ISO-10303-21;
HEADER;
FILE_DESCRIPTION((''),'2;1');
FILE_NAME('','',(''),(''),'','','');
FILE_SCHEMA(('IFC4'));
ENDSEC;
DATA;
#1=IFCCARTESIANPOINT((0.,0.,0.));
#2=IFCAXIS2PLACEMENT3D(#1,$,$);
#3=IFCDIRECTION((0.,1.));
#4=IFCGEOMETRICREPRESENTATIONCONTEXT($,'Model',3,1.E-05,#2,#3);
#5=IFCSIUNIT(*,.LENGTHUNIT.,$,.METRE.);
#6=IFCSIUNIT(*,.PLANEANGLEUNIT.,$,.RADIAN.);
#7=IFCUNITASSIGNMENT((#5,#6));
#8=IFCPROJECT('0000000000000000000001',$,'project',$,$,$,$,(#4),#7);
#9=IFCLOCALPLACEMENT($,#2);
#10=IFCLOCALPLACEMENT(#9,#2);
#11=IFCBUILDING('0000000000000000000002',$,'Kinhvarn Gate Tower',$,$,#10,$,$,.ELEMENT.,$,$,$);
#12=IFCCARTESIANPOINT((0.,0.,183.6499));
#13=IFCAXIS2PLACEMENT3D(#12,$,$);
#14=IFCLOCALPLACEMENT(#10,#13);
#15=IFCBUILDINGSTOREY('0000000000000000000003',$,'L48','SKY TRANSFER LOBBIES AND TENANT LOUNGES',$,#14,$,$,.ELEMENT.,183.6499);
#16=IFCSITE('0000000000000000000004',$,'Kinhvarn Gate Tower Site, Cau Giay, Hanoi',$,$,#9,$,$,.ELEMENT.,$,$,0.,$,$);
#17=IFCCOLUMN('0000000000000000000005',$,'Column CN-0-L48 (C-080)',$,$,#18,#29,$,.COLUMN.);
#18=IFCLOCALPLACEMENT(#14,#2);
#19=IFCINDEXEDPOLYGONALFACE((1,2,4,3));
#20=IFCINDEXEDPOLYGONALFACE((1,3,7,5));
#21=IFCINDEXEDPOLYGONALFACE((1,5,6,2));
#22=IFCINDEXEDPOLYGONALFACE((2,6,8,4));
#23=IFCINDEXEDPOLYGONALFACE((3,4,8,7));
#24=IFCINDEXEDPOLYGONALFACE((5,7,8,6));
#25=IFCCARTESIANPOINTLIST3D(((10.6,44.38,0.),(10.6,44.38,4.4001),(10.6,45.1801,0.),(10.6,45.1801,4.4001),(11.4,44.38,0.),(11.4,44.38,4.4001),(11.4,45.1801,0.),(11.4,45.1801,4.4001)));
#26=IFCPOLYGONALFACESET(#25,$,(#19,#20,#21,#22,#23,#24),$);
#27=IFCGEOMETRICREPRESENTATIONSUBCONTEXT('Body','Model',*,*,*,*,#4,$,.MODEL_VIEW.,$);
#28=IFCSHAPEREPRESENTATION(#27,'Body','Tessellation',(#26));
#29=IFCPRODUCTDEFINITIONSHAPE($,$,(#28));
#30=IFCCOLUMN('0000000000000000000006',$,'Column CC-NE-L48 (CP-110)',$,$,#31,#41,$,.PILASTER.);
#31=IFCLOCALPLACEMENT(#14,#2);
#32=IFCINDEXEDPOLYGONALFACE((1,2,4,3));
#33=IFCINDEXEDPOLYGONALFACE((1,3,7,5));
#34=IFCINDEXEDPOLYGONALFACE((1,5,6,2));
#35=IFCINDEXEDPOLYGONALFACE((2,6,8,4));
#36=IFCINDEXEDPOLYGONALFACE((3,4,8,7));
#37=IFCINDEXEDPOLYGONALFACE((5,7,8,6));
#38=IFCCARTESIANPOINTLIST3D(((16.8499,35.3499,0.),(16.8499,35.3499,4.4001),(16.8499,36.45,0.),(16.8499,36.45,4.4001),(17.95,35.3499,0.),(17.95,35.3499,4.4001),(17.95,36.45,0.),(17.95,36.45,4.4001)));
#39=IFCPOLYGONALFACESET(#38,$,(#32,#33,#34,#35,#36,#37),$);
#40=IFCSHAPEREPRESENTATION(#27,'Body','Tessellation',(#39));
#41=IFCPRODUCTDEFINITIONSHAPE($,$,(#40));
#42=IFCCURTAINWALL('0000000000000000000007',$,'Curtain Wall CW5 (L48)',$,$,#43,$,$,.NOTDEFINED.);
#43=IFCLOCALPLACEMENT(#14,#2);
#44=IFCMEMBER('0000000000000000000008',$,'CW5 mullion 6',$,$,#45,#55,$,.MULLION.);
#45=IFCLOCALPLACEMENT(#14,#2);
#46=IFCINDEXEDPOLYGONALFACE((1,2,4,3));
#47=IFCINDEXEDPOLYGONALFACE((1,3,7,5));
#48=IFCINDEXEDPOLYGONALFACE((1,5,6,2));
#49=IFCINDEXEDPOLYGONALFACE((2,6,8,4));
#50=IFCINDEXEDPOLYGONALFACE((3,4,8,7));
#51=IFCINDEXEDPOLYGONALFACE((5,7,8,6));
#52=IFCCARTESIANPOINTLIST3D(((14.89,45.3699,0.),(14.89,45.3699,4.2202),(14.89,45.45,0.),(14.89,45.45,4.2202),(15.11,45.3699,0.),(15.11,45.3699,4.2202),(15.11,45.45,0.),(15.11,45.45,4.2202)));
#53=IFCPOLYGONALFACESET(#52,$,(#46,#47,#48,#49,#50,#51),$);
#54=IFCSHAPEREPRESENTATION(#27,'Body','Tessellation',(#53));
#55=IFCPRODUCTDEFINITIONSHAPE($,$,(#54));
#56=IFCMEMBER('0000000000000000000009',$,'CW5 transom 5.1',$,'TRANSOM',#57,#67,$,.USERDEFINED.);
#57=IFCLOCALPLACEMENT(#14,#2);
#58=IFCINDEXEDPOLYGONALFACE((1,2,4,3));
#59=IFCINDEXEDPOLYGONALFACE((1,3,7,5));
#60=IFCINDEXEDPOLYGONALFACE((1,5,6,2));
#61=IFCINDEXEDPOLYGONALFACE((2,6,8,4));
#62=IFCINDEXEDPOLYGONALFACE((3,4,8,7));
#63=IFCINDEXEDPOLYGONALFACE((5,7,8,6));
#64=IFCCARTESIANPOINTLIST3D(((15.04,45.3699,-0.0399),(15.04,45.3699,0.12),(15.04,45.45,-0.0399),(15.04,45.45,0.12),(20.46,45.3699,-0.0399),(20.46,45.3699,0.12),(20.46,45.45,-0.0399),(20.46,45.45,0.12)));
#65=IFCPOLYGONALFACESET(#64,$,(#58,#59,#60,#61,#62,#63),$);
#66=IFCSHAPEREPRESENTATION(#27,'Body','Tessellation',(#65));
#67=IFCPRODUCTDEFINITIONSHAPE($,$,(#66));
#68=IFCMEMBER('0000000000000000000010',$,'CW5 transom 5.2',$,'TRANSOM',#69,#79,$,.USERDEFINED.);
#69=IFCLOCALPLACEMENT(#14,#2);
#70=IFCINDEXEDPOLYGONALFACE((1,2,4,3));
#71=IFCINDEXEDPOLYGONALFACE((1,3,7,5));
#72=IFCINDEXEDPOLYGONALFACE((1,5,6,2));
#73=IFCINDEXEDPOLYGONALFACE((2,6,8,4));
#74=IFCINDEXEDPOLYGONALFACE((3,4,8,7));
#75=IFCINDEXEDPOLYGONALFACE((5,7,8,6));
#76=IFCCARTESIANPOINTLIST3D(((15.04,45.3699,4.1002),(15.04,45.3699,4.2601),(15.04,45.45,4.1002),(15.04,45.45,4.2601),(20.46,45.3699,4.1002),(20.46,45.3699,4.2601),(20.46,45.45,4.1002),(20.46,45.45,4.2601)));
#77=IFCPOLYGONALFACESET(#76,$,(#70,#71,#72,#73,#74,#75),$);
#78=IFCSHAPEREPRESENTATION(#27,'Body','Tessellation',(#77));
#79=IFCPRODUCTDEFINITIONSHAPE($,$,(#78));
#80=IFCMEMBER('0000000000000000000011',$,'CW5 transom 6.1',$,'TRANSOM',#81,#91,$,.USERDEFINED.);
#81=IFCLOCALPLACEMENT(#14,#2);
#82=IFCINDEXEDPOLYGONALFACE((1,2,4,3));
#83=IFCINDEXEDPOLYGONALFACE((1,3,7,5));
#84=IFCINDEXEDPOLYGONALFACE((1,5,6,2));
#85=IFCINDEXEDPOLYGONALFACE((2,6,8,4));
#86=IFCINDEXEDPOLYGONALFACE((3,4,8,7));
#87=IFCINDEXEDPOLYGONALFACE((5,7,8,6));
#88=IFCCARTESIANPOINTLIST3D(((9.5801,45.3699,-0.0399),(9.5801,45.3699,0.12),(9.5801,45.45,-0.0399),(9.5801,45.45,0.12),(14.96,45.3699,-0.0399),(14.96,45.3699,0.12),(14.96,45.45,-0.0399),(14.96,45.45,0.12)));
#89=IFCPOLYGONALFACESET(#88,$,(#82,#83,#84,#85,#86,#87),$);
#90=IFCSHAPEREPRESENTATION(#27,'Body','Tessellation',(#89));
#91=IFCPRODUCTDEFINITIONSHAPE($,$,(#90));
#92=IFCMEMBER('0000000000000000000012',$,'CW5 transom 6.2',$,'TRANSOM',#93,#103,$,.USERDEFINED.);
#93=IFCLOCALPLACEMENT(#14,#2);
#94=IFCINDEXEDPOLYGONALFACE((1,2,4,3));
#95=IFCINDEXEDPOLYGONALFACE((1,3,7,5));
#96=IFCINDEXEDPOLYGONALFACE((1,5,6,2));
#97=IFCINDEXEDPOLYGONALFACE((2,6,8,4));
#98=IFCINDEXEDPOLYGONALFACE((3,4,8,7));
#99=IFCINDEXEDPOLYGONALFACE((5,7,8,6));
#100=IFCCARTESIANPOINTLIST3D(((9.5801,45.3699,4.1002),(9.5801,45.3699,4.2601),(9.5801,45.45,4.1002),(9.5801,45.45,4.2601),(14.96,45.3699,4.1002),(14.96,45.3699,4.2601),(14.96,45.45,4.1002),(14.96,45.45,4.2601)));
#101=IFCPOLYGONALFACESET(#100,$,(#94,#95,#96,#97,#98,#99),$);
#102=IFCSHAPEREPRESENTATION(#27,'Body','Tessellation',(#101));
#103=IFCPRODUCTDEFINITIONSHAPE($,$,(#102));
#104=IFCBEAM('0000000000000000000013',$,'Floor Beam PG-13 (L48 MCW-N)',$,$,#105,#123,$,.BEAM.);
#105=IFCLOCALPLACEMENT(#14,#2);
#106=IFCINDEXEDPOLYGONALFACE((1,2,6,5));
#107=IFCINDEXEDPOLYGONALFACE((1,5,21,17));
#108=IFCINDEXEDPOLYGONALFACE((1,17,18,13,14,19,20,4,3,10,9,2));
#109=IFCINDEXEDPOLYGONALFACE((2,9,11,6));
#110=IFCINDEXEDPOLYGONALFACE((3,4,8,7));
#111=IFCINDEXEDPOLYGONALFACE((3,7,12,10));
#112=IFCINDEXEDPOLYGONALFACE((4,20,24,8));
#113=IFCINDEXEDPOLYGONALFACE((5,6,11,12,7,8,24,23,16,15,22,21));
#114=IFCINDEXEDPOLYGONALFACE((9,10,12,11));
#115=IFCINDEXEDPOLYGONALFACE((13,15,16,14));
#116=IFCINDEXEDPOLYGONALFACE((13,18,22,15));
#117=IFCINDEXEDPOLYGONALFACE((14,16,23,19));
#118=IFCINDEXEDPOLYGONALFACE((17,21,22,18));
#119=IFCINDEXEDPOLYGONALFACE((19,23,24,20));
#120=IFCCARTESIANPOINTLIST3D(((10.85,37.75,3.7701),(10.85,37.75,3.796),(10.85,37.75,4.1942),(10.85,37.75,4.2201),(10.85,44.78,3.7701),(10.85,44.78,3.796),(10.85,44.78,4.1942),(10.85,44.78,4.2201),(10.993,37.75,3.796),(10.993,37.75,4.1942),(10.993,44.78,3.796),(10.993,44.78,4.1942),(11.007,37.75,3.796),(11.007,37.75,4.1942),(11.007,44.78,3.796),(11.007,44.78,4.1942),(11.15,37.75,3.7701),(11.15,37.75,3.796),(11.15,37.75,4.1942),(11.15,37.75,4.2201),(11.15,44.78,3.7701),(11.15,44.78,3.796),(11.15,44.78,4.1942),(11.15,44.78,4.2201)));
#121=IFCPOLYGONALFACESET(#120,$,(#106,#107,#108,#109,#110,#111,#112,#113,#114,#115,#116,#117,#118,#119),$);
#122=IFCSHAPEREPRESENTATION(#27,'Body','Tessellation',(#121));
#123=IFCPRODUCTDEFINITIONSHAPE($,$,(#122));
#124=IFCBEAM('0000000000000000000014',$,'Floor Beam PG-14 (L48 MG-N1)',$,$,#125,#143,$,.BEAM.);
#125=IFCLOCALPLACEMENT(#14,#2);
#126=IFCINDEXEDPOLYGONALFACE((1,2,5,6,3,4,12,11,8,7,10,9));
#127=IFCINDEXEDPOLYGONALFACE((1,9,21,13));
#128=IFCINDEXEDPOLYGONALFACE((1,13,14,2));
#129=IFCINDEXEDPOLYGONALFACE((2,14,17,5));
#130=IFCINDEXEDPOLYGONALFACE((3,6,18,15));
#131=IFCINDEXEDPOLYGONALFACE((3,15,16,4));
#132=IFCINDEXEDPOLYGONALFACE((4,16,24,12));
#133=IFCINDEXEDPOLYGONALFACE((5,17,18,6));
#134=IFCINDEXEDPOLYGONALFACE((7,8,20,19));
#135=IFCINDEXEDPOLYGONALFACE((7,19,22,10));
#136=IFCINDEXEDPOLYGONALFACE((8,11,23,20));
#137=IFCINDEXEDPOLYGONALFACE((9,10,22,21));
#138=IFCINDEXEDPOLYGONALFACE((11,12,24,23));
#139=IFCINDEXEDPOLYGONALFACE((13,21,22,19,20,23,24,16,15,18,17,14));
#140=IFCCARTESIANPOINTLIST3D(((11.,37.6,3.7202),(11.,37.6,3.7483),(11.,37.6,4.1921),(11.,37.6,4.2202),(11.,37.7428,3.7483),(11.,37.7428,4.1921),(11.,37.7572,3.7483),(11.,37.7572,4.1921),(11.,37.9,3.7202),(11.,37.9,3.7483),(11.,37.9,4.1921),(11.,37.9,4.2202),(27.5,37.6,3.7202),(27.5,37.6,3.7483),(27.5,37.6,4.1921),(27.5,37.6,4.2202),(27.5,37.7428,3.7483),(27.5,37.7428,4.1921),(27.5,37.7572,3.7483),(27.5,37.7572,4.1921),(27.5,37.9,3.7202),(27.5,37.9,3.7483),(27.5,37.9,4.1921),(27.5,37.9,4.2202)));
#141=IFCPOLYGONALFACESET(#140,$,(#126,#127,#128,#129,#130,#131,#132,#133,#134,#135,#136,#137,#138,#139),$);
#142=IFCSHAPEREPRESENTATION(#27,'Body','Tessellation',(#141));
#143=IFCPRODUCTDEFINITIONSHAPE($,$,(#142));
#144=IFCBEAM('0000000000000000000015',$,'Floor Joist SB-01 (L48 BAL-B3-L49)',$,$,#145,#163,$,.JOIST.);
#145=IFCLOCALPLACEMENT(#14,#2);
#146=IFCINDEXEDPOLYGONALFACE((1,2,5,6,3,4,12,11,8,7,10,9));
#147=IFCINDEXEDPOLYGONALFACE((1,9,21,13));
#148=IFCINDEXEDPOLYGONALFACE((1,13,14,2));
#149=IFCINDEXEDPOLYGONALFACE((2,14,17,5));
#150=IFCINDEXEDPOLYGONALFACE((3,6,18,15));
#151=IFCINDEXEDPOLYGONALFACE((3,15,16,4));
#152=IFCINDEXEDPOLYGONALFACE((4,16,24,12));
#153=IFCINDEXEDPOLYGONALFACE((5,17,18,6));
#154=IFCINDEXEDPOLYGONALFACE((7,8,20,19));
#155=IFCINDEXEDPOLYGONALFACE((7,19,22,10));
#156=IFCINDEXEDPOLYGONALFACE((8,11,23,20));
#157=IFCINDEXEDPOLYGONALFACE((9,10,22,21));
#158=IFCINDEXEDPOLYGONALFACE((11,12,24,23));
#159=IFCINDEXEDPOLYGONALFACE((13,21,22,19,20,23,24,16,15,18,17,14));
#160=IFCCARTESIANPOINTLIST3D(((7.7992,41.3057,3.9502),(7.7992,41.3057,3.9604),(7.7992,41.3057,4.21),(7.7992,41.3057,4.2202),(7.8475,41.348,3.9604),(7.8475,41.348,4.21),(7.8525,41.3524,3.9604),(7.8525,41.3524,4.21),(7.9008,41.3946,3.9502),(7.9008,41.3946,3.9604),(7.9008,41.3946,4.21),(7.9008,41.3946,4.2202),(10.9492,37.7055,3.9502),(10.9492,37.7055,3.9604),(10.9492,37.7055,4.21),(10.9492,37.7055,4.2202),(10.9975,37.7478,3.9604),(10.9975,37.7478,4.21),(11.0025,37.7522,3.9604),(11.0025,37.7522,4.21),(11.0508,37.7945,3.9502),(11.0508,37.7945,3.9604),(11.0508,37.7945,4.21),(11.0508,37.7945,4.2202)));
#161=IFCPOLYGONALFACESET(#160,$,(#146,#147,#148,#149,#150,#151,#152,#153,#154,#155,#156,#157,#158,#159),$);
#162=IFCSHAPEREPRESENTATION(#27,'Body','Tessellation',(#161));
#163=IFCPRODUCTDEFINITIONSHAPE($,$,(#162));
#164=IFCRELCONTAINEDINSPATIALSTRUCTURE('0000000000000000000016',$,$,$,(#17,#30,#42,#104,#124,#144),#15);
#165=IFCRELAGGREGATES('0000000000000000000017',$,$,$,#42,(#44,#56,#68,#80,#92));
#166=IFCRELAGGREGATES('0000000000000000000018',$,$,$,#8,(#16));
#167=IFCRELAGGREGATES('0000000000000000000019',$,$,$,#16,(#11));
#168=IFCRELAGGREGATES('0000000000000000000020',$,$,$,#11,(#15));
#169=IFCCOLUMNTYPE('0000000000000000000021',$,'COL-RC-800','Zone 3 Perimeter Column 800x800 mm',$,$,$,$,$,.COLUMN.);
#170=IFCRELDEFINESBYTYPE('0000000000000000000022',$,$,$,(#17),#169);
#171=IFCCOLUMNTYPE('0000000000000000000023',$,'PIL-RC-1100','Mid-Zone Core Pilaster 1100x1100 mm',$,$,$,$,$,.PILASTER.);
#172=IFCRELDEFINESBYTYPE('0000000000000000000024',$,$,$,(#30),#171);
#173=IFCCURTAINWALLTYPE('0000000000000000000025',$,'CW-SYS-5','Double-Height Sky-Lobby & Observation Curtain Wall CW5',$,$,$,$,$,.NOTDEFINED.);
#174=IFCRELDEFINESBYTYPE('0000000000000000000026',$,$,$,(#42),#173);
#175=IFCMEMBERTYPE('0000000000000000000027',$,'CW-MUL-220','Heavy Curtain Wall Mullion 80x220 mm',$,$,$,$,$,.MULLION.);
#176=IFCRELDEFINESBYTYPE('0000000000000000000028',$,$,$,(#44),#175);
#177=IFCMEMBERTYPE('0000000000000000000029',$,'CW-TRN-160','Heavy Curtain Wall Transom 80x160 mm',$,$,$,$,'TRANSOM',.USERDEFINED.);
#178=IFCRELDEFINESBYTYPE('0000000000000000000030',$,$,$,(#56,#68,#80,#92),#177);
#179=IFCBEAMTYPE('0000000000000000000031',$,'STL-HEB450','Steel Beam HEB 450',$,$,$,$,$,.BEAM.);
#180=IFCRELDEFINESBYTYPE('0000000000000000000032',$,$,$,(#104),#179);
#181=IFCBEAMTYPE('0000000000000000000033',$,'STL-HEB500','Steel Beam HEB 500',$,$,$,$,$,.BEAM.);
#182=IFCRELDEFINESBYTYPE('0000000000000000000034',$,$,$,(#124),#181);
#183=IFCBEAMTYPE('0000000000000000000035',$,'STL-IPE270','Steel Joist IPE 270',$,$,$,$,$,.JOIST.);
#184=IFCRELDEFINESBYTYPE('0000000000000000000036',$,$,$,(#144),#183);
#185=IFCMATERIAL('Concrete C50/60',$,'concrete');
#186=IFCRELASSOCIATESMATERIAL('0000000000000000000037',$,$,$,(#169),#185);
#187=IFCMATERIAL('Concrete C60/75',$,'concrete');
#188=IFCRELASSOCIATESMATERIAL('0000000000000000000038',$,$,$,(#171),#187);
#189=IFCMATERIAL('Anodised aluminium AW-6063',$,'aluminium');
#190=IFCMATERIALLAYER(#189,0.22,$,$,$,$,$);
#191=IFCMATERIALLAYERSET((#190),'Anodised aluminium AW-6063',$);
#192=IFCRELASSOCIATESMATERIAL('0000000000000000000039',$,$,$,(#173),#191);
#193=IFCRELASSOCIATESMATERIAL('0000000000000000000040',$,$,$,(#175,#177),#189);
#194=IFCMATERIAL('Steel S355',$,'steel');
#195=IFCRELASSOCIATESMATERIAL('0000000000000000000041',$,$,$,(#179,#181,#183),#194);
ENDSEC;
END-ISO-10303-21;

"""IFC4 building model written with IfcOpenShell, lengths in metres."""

from ifc_helpers import new_model, si_unit, direction, frame, origin, origin_2d, place, context, subcontext, project, spatial, rectangle, i_section, extrude, material, layer, layer_set, material_profile, profile_set, type_object, element, aggregate, save


model = new_model("IFC4")

# Units and contexts
model_context = context("Model", 3, precision=1e-05, world=origin(), true_north=direction((0.0, 1.0)))
body_context = subcontext(model_context, "Body", "Model", "MODEL_VIEW")
ifc_project = project(units=[si_unit("LENGTHUNIT", "METRE"), si_unit("PLANEANGLEUNIT", "RADIAN")], contexts=[model_context])

# Site, building, storey
site_placement = place(None, origin())
site = spatial("IfcSite", under=ifc_project, at=site_placement, Name="Kinhvarn Gate Tower Site, Cau Giay, Hanoi", CompositionType="ELEMENT", RefElevation=0.0)
building_placement = place(site_placement, origin())
building = spatial("IfcBuilding", under=site, at=building_placement, Name="Kinhvarn Gate Tower", CompositionType="ELEMENT")
storey_placement = place(building_placement, frame((0.0, 0.0, 183.6499)))
storey = spatial("IfcBuildingStorey", under=building, at=storey_placement, Name="L48", Description="SKY TRANSFER LOBBIES AND TENANT LOUNGES", CompositionType="ELEMENT", Elevation=183.6499)

# Columns
ifc_material_1 = material(Name="Concrete C50/60", Category="concrete")
ifc_material_profile_1 = material_profile(ifc_material_1, rectangle(XDim=0.8, YDim=0.8, at=origin_2d()), Name="RC 800x800")
ifc_profile_set_1 = profile_set([ifc_material_profile_1], Name="Concrete C50/60")
column_type_1 = type_object("IfcColumnType", Name="COL-RC-800", Description="Zone 3 Perimeter Column 800x800 mm", PredefinedType="COLUMN", material=ifc_profile_set_1)
column_1_placement = place(storey_placement, frame((11.0, 44.78, 0.0), z_axis=(0.0, 0.0, 1.0), x_axis=(1.0, 0.0, 0.0)))
element("IfcColumn", 1, at=column_1_placement, inside=storey, type_object=column_type_1, Name="Column CN-0-L48 (C-080)", PredefinedType="COLUMN", context=body_context, shape_type="SweptSolid", body=[
    extrude(rectangle(XDim=0.8, YDim=0.8, at=origin_2d()), origin(), (0.0, 0.0, 1.0), 4.4001),
])
ifc_material_2 = material(Name="Concrete C60/75", Category="concrete")
ifc_material_profile_2 = material_profile(ifc_material_2, rectangle(XDim=1.1001, YDim=1.1001, at=origin_2d()), Name="RC 1100x1100")
ifc_profile_set_2 = profile_set([ifc_material_profile_2], Name="Concrete C60/75")
column_type_2 = type_object("IfcColumnType", Name="PIL-RC-1100", Description="Mid-Zone Core Pilaster 1100x1100 mm", PredefinedType="PILASTER", material=ifc_profile_set_2)
column_2_placement = place(storey_placement, frame((17.3999, 35.8999, 0.0), z_axis=(0.0, 0.0, 1.0), x_axis=(1.0, 0.0, 0.0)))
element("IfcColumn", 2, at=column_2_placement, inside=storey, type_object=column_type_2, Name="Column CC-NE-L48 (CP-110)", PredefinedType="PILASTER", context=body_context, shape_type="SweptSolid", body=[
    extrude(rectangle(XDim=1.1001, YDim=1.1001, at=origin_2d()), origin(), (0.0, 0.0, 1.0), 4.4001),
])

# Curtain wall, members
ifc_material_3 = material(Name="Anodised aluminium AW-6063", Category="aluminium")
ifc_layer_1 = layer(ifc_material_3, 0.22)
ifc_layer_set_1 = layer_set([ifc_layer_1], Name="Anodised aluminium AW-6063")
curtain_wall_type = type_object("IfcCurtainWallType", Name="CW-SYS-5", Description="Double-Height Sky-Lobby & Observation Curtain Wall CW5", PredefinedType="NOTDEFINED", material=ifc_layer_set_1)
curtain_wall_placement = place(storey_placement, origin())
curtain_wall = element("IfcCurtainWall", 3, at=curtain_wall_placement, inside=storey, type_object=curtain_wall_type, Name="Curtain Wall CW5 (L48)", PredefinedType="NOTDEFINED")
ifc_material_profile_3 = material_profile(ifc_material_3, rectangle(XDim=0.0801, YDim=0.22, at=origin_2d()), Name="ALU 80x220")
ifc_profile_set_3 = profile_set([ifc_material_profile_3], Name="Anodised aluminium AW-6063")
member_type_1 = type_object("IfcMemberType", Name="CW-MUL-220", Description="Heavy Curtain Wall Mullion 80x220 mm", PredefinedType="MULLION", material=ifc_profile_set_3)
member_1_placement = place(storey_placement, frame((15.0, 45.4099, 0.0), z_axis=(0.0, 0.0, 1.0), x_axis=(0.0, -1.0, 0.0)))
member_1 = element("IfcMember", 4, at=member_1_placement, type_object=member_type_1, Name="CW5 mullion 6", PredefinedType="MULLION", context=body_context, shape_type="SweptSolid", body=[
    extrude(rectangle(XDim=0.0801, YDim=0.22, at=origin_2d()), origin(), (0.0, 0.0, 1.0), 4.2202),
])
ifc_material_profile_4 = material_profile(ifc_material_3, rectangle(XDim=0.0801, YDim=0.1599, at=origin_2d()), Name="ALU 80x160")
ifc_profile_set_4 = profile_set([ifc_material_profile_4], Name="Anodised aluminium AW-6063")
member_type_2 = type_object("IfcMemberType", Name="CW-TRN-160", Description="Heavy Curtain Wall Transom 80x160 mm", ElementType="TRANSOM", PredefinedType="USERDEFINED", material=ifc_profile_set_4)
member_2_placement = place(storey_placement, frame((20.46, 45.4099, 0.04), z_axis=(-1.0, 0.0, 0.0), x_axis=(0.0, -1.0, 0.0)))
member_2 = element("IfcMember", 5, at=member_2_placement, type_object=member_type_2, Name="CW5 transom 5.1", ObjectType="TRANSOM", PredefinedType="USERDEFINED", context=body_context, shape_type="SweptSolid", body=[
    extrude(rectangle(XDim=0.0801, YDim=0.1599, at=origin_2d()), origin(), (0.0, 0.0, 1.0), 5.4199),
])
member_3_placement = place(storey_placement, frame((20.46, 45.4099, 4.1802), z_axis=(-1.0, 0.0, 0.0), x_axis=(0.0, -1.0, 0.0)))
member_3 = element("IfcMember", 6, at=member_3_placement, type_object=member_type_2, Name="CW5 transom 5.2", ObjectType="TRANSOM", PredefinedType="USERDEFINED", context=body_context, shape_type="SweptSolid", body=[
    extrude(rectangle(XDim=0.0801, YDim=0.1599, at=origin_2d()), origin(), (0.0, 0.0, 1.0), 5.4199),
])
member_4_placement = place(storey_placement, frame((14.96, 45.4099, 0.04), z_axis=(-1.0, 0.0, 0.0), x_axis=(0.0, -1.0, 0.0)))
member_4 = element("IfcMember", 7, at=member_4_placement, type_object=member_type_2, Name="CW5 transom 6.1", ObjectType="TRANSOM", PredefinedType="USERDEFINED", context=body_context, shape_type="SweptSolid", body=[
    extrude(rectangle(XDim=0.0801, YDim=0.1599, at=origin_2d()), origin(), (0.0, 0.0, 1.0), 5.3799),
])
member_5_placement = place(storey_placement, frame((14.96, 45.4099, 4.1802), z_axis=(-1.0, 0.0, 0.0), x_axis=(0.0, -1.0, 0.0)))
member_5 = element("IfcMember", 8, at=member_5_placement, type_object=member_type_2, Name="CW5 transom 6.2", ObjectType="TRANSOM", PredefinedType="USERDEFINED", context=body_context, shape_type="SweptSolid", body=[
    extrude(rectangle(XDim=0.0801, YDim=0.1599, at=origin_2d()), origin(), (0.0, 0.0, 1.0), 5.3799),
])

# Beams
ifc_material_4 = material(Name="Steel S355", Category="steel")
ifc_material_profile_5 = material_profile(ifc_material_4, i_section(OverallWidth=0.3, OverallDepth=0.45, WebThickness=0.0139, FlangeThickness=0.0259, at=origin_2d()), Name="HEB 450")
ifc_profile_set_5 = profile_set([ifc_material_profile_5], Name="Steel S355")
beam_type_1 = type_object("IfcBeamType", Name="STL-HEB450", Description="Steel Beam HEB 450", PredefinedType="BEAM", material=ifc_profile_set_5)
beam_1_placement = place(storey_placement, frame((11.0, 37.75, 3.9951), z_axis=(0.0, 1.0, 0.0), x_axis=(-1.0, 0.0, 0.0)))
element("IfcBeam", 9, at=beam_1_placement, inside=storey, type_object=beam_type_1, Name="Floor Beam PG-13 (L48 MCW-N)", PredefinedType="BEAM", context=body_context, shape_type="SweptSolid", body=[
    extrude(i_section(OverallWidth=0.3, OverallDepth=0.45, WebThickness=0.0139, FlangeThickness=0.0259, at=origin_2d()), origin(), (0.0, 0.0, 1.0), 7.03),
])
ifc_material_profile_6 = material_profile(ifc_material_4, i_section(OverallWidth=0.3, OverallDepth=0.5, WebThickness=0.0144, FlangeThickness=0.0281, at=origin_2d()), Name="HEB 500")
ifc_profile_set_6 = profile_set([ifc_material_profile_6], Name="Steel S355")
beam_type_2 = type_object("IfcBeamType", Name="STL-HEB500", Description="Steel Beam HEB 500", PredefinedType="BEAM", material=ifc_profile_set_6)
beam_2_placement = place(storey_placement, frame((11.0, 37.75, 3.9702), z_axis=(1.0, 0.0, 0.0), x_axis=(0.0, 1.0, 0.0)))
element("IfcBeam", 10, at=beam_2_placement, inside=storey, type_object=beam_type_2, Name="Floor Beam PG-14 (L48 MG-N1)", PredefinedType="BEAM", context=body_context, shape_type="SweptSolid", body=[
    extrude(i_section(OverallWidth=0.3, OverallDepth=0.5, WebThickness=0.0144, FlangeThickness=0.0281, at=origin_2d()), origin(), (0.0, 0.0, 1.0), 16.5),
])
ifc_material_profile_7 = material_profile(ifc_material_4, i_section(OverallWidth=0.135, OverallDepth=0.27, WebThickness=0.0066, FlangeThickness=0.0103, at=origin_2d()), Name="IPE 270")
ifc_profile_set_7 = profile_set([ifc_material_profile_7], Name="Steel S355")
beam_type_3 = type_object("IfcBeamType", Name="STL-IPE270", Description="Steel Joist IPE 270", PredefinedType="JOIST", material=ifc_profile_set_7)
beam_3_placement = place(storey_placement, frame((11.0, 37.75, 4.0852), z_axis=(-0.658483, 0.752596, 0.0), x_axis=(-0.752596, -0.658483, 0.0)))
element("IfcBeam", 11, at=beam_3_placement, inside=storey, type_object=beam_type_3, Name="Floor Joist SB-01 (L48 BAL-B3-L49)", PredefinedType="JOIST", context=body_context, shape_type="SweptSolid", body=[
    extrude(i_section(OverallWidth=0.135, OverallDepth=0.27, WebThickness=0.0066, FlangeThickness=0.0103, at=origin_2d()), origin(), (0.0, 0.0, 1.0), 4.7837),
])

aggregate(curtain_wall, [member_1, member_2, member_3, member_4, member_5])

save(model, "model.ifc")
